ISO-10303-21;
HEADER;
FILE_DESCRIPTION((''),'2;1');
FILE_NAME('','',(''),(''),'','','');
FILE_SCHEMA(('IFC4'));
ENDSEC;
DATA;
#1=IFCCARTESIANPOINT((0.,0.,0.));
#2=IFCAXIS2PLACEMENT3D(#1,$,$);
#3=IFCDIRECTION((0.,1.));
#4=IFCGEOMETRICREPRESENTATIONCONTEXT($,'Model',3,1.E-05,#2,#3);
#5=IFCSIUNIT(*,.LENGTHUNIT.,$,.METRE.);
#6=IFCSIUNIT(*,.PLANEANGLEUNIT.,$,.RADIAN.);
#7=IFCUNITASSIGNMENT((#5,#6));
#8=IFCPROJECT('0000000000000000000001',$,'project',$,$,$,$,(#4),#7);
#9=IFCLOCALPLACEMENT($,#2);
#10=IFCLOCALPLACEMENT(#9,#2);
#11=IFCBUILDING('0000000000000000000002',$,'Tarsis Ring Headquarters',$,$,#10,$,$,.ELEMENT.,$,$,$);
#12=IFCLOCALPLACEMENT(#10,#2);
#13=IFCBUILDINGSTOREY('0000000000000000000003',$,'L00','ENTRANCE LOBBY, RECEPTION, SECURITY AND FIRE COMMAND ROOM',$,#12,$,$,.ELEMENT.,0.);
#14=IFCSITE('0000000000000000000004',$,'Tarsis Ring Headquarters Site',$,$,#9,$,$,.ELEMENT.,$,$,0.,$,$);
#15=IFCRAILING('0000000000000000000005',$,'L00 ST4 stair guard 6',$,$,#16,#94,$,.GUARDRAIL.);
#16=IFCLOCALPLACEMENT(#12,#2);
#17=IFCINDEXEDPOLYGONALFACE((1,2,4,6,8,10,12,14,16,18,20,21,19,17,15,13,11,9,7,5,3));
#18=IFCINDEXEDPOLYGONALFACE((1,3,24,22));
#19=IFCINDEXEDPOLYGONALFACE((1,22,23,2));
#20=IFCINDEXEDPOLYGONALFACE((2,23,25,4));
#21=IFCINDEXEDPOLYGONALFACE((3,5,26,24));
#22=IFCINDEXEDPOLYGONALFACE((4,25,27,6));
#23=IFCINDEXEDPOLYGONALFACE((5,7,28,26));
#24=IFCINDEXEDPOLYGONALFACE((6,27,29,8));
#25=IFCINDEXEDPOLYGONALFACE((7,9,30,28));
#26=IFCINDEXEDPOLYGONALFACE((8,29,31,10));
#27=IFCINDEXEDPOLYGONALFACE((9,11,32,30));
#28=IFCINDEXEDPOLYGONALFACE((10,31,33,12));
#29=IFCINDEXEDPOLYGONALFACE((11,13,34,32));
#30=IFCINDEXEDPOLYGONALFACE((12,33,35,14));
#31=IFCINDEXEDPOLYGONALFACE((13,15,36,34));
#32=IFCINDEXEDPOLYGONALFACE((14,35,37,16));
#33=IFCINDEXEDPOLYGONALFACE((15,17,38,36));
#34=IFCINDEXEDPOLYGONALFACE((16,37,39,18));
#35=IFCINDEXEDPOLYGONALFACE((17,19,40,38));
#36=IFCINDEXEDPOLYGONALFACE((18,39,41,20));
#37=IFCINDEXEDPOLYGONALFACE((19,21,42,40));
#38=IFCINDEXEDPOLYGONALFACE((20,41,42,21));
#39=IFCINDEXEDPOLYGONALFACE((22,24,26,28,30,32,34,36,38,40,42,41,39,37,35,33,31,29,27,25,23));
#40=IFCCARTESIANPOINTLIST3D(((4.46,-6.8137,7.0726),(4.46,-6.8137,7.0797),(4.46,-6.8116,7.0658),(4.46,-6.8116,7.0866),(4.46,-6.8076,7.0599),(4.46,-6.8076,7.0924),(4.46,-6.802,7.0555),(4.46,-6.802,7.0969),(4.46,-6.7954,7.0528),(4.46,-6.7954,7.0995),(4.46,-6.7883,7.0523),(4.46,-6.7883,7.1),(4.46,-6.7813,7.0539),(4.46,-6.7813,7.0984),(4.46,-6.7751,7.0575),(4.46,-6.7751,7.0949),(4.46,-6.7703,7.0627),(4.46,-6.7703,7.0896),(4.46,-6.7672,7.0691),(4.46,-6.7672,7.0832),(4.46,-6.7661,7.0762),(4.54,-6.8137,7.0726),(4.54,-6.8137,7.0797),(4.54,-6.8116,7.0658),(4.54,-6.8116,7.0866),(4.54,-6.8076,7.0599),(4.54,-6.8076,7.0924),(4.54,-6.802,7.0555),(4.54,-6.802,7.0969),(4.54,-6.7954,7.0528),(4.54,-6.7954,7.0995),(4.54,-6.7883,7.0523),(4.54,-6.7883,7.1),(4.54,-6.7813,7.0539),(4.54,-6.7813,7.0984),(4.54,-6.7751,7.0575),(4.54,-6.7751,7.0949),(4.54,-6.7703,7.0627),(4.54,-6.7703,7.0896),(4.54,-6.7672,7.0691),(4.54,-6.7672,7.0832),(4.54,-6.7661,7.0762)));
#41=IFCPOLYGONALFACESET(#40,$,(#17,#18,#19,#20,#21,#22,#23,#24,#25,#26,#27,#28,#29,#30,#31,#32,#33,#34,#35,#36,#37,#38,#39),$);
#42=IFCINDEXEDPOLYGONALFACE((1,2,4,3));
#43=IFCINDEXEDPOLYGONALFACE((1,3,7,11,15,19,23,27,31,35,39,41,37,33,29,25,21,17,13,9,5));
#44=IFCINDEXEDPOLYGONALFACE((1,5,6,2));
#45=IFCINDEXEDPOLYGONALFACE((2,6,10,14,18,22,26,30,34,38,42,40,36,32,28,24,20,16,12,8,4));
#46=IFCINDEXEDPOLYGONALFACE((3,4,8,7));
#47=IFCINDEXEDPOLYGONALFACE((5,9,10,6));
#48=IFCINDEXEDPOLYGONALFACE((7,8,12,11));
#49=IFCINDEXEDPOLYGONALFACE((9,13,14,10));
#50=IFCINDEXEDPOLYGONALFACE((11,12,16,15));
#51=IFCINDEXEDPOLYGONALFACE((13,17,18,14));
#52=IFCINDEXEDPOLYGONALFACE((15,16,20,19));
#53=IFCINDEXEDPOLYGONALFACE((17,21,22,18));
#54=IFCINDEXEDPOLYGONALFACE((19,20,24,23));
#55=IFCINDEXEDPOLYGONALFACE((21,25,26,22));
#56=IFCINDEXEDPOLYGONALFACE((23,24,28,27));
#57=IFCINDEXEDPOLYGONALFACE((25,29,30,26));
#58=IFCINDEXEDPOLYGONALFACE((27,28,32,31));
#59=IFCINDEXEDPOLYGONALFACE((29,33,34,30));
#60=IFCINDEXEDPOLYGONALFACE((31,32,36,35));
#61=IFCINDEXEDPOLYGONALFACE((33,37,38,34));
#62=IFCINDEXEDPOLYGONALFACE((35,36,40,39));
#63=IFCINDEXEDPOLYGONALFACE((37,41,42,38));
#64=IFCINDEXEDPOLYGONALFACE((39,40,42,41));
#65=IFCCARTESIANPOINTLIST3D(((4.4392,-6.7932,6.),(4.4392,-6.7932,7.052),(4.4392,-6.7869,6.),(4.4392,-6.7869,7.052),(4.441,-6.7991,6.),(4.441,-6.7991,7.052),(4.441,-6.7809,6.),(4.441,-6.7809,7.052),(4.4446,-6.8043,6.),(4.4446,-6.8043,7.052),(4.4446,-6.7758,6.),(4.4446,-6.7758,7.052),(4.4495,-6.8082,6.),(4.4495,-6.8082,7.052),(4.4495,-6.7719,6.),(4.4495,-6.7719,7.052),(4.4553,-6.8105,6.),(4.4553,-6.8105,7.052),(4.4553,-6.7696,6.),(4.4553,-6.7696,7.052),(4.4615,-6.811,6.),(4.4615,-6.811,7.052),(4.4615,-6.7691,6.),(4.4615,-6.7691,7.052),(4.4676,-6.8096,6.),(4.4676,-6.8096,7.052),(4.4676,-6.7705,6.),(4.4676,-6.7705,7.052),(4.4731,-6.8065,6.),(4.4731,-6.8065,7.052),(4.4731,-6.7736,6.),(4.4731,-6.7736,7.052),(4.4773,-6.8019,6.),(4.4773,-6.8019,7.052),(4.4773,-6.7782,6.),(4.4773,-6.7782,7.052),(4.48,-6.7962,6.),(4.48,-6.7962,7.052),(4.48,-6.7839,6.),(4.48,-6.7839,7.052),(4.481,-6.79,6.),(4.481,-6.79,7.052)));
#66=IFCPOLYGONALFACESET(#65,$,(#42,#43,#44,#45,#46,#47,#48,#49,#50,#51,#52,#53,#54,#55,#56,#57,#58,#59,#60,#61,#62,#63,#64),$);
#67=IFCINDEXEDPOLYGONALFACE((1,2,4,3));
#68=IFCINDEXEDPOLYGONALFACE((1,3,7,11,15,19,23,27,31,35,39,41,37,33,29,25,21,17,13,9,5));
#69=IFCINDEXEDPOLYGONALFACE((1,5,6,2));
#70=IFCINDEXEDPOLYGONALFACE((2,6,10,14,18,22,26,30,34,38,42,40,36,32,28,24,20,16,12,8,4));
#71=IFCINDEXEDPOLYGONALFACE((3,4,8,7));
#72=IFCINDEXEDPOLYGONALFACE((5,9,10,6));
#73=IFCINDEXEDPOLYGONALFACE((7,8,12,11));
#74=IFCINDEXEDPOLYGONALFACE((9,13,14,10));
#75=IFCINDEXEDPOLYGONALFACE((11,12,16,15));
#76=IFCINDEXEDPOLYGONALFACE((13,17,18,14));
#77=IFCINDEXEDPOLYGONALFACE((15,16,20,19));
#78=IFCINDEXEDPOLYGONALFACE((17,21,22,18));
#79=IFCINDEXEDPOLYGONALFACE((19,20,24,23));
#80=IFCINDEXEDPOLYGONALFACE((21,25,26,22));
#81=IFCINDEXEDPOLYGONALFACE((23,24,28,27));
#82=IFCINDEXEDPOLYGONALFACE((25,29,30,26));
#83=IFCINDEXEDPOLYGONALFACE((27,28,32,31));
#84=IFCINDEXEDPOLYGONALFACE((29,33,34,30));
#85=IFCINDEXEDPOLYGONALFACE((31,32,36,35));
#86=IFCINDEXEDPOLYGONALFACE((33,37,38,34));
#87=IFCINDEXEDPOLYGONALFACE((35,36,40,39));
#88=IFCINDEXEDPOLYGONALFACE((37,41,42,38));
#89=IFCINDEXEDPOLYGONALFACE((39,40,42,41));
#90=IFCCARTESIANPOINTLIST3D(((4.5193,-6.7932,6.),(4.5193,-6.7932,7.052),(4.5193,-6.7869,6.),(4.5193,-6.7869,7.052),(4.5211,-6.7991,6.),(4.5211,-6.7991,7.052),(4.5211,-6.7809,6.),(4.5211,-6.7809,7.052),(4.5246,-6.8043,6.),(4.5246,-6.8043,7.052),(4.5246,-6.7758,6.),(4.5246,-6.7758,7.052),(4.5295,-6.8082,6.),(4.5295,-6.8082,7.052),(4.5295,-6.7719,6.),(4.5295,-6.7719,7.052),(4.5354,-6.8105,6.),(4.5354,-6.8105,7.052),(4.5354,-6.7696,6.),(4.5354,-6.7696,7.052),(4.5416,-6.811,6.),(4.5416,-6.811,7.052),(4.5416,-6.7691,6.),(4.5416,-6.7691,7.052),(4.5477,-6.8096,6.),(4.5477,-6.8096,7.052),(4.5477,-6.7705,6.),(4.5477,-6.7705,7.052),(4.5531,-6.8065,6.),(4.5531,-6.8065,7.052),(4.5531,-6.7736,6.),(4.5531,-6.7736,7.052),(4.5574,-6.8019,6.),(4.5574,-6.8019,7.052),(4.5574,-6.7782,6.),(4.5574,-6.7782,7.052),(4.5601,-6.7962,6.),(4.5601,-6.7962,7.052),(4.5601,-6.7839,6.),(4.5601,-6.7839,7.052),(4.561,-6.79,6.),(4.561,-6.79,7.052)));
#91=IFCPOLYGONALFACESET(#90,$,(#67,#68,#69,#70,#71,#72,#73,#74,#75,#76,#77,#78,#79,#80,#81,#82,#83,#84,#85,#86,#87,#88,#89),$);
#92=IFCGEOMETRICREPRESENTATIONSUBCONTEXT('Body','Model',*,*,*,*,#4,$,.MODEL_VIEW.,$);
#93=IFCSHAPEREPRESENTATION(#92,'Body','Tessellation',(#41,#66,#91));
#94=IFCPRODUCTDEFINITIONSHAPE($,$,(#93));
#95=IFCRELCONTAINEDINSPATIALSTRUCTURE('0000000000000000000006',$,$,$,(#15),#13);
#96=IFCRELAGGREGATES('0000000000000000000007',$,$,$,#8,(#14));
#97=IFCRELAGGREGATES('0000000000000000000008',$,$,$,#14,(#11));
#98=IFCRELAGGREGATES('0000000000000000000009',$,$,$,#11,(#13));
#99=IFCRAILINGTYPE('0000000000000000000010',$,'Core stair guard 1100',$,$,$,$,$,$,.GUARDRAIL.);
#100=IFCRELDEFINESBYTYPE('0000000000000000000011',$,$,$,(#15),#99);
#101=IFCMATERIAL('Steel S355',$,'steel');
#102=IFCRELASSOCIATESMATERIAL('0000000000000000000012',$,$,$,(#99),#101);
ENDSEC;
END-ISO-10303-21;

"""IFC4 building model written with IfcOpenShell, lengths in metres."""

from ifc_helpers import new_model, si_unit, direction, frame, origin, origin_2d, place, context, subcontext, project, spatial, circle, extrude, material, type_object, element, save


model = new_model("IFC4")

# Units and contexts
model_context = context("Model", 3, precision=1e-05, world=origin(), true_north=direction((0.0, 1.0)))
body_context = subcontext(model_context, "Body", "Model", "MODEL_VIEW")
ifc_project = project(units=[si_unit("LENGTHUNIT", "METRE"), si_unit("PLANEANGLEUNIT", "RADIAN")], contexts=[model_context])

# Site, building, storey
site_placement = place(None, origin())
site = spatial("IfcSite", under=ifc_project, at=site_placement, Name="Tarsis Ring Headquarters Site", CompositionType="ELEMENT", RefElevation=0.0)
building_placement = place(site_placement, origin())
building = spatial("IfcBuilding", under=site, at=building_placement, Name="Tarsis Ring Headquarters", CompositionType="ELEMENT")
storey_placement = place(building_placement, origin())
storey = spatial("IfcBuildingStorey", under=building, at=storey_placement, Name="L00", Description="ENTRANCE LOBBY, RECEPTION, SECURITY AND FIRE COMMAND ROOM", CompositionType="ELEMENT", Elevation=0.0)

# Railing
ifc_material_1 = material(Name="Steel S355", Category="steel")
railing_type_1 = type_object("IfcRailingType", Name="Core stair guard 1100", PredefinedType="GUARDRAIL", material=ifc_material_1)
railing_1_placement = place(storey_placement, frame((4.46, -6.79, 6.0)))
element("IfcRailing", 1, at=railing_1_placement, inside=storey, type_object=railing_type_1, Name="L00 ST4 stair guard 6", PredefinedType="GUARDRAIL", context=body_context, shape_type="SweptSolid", body=[
    extrude(circle(Radius=0.0239, at=origin_2d()), frame((0.0, 0.0, 1.0762), z_axis=(1.0, 0.0, 0.0), x_axis=(0.0, 1.0, 0.0)), (0.0, 0.0, 1.0), 0.0801),
    extrude(circle(Radius=0.021, at=origin_2d()), origin(), (0.0, 0.0, 1.0), 1.052),
    extrude(circle(Radius=0.021, at=origin_2d()), frame((0.0801, 0.0, 0.0)), (0.0, 0.0, 1.0), 1.052),
])

save(model, "model.ifc")
